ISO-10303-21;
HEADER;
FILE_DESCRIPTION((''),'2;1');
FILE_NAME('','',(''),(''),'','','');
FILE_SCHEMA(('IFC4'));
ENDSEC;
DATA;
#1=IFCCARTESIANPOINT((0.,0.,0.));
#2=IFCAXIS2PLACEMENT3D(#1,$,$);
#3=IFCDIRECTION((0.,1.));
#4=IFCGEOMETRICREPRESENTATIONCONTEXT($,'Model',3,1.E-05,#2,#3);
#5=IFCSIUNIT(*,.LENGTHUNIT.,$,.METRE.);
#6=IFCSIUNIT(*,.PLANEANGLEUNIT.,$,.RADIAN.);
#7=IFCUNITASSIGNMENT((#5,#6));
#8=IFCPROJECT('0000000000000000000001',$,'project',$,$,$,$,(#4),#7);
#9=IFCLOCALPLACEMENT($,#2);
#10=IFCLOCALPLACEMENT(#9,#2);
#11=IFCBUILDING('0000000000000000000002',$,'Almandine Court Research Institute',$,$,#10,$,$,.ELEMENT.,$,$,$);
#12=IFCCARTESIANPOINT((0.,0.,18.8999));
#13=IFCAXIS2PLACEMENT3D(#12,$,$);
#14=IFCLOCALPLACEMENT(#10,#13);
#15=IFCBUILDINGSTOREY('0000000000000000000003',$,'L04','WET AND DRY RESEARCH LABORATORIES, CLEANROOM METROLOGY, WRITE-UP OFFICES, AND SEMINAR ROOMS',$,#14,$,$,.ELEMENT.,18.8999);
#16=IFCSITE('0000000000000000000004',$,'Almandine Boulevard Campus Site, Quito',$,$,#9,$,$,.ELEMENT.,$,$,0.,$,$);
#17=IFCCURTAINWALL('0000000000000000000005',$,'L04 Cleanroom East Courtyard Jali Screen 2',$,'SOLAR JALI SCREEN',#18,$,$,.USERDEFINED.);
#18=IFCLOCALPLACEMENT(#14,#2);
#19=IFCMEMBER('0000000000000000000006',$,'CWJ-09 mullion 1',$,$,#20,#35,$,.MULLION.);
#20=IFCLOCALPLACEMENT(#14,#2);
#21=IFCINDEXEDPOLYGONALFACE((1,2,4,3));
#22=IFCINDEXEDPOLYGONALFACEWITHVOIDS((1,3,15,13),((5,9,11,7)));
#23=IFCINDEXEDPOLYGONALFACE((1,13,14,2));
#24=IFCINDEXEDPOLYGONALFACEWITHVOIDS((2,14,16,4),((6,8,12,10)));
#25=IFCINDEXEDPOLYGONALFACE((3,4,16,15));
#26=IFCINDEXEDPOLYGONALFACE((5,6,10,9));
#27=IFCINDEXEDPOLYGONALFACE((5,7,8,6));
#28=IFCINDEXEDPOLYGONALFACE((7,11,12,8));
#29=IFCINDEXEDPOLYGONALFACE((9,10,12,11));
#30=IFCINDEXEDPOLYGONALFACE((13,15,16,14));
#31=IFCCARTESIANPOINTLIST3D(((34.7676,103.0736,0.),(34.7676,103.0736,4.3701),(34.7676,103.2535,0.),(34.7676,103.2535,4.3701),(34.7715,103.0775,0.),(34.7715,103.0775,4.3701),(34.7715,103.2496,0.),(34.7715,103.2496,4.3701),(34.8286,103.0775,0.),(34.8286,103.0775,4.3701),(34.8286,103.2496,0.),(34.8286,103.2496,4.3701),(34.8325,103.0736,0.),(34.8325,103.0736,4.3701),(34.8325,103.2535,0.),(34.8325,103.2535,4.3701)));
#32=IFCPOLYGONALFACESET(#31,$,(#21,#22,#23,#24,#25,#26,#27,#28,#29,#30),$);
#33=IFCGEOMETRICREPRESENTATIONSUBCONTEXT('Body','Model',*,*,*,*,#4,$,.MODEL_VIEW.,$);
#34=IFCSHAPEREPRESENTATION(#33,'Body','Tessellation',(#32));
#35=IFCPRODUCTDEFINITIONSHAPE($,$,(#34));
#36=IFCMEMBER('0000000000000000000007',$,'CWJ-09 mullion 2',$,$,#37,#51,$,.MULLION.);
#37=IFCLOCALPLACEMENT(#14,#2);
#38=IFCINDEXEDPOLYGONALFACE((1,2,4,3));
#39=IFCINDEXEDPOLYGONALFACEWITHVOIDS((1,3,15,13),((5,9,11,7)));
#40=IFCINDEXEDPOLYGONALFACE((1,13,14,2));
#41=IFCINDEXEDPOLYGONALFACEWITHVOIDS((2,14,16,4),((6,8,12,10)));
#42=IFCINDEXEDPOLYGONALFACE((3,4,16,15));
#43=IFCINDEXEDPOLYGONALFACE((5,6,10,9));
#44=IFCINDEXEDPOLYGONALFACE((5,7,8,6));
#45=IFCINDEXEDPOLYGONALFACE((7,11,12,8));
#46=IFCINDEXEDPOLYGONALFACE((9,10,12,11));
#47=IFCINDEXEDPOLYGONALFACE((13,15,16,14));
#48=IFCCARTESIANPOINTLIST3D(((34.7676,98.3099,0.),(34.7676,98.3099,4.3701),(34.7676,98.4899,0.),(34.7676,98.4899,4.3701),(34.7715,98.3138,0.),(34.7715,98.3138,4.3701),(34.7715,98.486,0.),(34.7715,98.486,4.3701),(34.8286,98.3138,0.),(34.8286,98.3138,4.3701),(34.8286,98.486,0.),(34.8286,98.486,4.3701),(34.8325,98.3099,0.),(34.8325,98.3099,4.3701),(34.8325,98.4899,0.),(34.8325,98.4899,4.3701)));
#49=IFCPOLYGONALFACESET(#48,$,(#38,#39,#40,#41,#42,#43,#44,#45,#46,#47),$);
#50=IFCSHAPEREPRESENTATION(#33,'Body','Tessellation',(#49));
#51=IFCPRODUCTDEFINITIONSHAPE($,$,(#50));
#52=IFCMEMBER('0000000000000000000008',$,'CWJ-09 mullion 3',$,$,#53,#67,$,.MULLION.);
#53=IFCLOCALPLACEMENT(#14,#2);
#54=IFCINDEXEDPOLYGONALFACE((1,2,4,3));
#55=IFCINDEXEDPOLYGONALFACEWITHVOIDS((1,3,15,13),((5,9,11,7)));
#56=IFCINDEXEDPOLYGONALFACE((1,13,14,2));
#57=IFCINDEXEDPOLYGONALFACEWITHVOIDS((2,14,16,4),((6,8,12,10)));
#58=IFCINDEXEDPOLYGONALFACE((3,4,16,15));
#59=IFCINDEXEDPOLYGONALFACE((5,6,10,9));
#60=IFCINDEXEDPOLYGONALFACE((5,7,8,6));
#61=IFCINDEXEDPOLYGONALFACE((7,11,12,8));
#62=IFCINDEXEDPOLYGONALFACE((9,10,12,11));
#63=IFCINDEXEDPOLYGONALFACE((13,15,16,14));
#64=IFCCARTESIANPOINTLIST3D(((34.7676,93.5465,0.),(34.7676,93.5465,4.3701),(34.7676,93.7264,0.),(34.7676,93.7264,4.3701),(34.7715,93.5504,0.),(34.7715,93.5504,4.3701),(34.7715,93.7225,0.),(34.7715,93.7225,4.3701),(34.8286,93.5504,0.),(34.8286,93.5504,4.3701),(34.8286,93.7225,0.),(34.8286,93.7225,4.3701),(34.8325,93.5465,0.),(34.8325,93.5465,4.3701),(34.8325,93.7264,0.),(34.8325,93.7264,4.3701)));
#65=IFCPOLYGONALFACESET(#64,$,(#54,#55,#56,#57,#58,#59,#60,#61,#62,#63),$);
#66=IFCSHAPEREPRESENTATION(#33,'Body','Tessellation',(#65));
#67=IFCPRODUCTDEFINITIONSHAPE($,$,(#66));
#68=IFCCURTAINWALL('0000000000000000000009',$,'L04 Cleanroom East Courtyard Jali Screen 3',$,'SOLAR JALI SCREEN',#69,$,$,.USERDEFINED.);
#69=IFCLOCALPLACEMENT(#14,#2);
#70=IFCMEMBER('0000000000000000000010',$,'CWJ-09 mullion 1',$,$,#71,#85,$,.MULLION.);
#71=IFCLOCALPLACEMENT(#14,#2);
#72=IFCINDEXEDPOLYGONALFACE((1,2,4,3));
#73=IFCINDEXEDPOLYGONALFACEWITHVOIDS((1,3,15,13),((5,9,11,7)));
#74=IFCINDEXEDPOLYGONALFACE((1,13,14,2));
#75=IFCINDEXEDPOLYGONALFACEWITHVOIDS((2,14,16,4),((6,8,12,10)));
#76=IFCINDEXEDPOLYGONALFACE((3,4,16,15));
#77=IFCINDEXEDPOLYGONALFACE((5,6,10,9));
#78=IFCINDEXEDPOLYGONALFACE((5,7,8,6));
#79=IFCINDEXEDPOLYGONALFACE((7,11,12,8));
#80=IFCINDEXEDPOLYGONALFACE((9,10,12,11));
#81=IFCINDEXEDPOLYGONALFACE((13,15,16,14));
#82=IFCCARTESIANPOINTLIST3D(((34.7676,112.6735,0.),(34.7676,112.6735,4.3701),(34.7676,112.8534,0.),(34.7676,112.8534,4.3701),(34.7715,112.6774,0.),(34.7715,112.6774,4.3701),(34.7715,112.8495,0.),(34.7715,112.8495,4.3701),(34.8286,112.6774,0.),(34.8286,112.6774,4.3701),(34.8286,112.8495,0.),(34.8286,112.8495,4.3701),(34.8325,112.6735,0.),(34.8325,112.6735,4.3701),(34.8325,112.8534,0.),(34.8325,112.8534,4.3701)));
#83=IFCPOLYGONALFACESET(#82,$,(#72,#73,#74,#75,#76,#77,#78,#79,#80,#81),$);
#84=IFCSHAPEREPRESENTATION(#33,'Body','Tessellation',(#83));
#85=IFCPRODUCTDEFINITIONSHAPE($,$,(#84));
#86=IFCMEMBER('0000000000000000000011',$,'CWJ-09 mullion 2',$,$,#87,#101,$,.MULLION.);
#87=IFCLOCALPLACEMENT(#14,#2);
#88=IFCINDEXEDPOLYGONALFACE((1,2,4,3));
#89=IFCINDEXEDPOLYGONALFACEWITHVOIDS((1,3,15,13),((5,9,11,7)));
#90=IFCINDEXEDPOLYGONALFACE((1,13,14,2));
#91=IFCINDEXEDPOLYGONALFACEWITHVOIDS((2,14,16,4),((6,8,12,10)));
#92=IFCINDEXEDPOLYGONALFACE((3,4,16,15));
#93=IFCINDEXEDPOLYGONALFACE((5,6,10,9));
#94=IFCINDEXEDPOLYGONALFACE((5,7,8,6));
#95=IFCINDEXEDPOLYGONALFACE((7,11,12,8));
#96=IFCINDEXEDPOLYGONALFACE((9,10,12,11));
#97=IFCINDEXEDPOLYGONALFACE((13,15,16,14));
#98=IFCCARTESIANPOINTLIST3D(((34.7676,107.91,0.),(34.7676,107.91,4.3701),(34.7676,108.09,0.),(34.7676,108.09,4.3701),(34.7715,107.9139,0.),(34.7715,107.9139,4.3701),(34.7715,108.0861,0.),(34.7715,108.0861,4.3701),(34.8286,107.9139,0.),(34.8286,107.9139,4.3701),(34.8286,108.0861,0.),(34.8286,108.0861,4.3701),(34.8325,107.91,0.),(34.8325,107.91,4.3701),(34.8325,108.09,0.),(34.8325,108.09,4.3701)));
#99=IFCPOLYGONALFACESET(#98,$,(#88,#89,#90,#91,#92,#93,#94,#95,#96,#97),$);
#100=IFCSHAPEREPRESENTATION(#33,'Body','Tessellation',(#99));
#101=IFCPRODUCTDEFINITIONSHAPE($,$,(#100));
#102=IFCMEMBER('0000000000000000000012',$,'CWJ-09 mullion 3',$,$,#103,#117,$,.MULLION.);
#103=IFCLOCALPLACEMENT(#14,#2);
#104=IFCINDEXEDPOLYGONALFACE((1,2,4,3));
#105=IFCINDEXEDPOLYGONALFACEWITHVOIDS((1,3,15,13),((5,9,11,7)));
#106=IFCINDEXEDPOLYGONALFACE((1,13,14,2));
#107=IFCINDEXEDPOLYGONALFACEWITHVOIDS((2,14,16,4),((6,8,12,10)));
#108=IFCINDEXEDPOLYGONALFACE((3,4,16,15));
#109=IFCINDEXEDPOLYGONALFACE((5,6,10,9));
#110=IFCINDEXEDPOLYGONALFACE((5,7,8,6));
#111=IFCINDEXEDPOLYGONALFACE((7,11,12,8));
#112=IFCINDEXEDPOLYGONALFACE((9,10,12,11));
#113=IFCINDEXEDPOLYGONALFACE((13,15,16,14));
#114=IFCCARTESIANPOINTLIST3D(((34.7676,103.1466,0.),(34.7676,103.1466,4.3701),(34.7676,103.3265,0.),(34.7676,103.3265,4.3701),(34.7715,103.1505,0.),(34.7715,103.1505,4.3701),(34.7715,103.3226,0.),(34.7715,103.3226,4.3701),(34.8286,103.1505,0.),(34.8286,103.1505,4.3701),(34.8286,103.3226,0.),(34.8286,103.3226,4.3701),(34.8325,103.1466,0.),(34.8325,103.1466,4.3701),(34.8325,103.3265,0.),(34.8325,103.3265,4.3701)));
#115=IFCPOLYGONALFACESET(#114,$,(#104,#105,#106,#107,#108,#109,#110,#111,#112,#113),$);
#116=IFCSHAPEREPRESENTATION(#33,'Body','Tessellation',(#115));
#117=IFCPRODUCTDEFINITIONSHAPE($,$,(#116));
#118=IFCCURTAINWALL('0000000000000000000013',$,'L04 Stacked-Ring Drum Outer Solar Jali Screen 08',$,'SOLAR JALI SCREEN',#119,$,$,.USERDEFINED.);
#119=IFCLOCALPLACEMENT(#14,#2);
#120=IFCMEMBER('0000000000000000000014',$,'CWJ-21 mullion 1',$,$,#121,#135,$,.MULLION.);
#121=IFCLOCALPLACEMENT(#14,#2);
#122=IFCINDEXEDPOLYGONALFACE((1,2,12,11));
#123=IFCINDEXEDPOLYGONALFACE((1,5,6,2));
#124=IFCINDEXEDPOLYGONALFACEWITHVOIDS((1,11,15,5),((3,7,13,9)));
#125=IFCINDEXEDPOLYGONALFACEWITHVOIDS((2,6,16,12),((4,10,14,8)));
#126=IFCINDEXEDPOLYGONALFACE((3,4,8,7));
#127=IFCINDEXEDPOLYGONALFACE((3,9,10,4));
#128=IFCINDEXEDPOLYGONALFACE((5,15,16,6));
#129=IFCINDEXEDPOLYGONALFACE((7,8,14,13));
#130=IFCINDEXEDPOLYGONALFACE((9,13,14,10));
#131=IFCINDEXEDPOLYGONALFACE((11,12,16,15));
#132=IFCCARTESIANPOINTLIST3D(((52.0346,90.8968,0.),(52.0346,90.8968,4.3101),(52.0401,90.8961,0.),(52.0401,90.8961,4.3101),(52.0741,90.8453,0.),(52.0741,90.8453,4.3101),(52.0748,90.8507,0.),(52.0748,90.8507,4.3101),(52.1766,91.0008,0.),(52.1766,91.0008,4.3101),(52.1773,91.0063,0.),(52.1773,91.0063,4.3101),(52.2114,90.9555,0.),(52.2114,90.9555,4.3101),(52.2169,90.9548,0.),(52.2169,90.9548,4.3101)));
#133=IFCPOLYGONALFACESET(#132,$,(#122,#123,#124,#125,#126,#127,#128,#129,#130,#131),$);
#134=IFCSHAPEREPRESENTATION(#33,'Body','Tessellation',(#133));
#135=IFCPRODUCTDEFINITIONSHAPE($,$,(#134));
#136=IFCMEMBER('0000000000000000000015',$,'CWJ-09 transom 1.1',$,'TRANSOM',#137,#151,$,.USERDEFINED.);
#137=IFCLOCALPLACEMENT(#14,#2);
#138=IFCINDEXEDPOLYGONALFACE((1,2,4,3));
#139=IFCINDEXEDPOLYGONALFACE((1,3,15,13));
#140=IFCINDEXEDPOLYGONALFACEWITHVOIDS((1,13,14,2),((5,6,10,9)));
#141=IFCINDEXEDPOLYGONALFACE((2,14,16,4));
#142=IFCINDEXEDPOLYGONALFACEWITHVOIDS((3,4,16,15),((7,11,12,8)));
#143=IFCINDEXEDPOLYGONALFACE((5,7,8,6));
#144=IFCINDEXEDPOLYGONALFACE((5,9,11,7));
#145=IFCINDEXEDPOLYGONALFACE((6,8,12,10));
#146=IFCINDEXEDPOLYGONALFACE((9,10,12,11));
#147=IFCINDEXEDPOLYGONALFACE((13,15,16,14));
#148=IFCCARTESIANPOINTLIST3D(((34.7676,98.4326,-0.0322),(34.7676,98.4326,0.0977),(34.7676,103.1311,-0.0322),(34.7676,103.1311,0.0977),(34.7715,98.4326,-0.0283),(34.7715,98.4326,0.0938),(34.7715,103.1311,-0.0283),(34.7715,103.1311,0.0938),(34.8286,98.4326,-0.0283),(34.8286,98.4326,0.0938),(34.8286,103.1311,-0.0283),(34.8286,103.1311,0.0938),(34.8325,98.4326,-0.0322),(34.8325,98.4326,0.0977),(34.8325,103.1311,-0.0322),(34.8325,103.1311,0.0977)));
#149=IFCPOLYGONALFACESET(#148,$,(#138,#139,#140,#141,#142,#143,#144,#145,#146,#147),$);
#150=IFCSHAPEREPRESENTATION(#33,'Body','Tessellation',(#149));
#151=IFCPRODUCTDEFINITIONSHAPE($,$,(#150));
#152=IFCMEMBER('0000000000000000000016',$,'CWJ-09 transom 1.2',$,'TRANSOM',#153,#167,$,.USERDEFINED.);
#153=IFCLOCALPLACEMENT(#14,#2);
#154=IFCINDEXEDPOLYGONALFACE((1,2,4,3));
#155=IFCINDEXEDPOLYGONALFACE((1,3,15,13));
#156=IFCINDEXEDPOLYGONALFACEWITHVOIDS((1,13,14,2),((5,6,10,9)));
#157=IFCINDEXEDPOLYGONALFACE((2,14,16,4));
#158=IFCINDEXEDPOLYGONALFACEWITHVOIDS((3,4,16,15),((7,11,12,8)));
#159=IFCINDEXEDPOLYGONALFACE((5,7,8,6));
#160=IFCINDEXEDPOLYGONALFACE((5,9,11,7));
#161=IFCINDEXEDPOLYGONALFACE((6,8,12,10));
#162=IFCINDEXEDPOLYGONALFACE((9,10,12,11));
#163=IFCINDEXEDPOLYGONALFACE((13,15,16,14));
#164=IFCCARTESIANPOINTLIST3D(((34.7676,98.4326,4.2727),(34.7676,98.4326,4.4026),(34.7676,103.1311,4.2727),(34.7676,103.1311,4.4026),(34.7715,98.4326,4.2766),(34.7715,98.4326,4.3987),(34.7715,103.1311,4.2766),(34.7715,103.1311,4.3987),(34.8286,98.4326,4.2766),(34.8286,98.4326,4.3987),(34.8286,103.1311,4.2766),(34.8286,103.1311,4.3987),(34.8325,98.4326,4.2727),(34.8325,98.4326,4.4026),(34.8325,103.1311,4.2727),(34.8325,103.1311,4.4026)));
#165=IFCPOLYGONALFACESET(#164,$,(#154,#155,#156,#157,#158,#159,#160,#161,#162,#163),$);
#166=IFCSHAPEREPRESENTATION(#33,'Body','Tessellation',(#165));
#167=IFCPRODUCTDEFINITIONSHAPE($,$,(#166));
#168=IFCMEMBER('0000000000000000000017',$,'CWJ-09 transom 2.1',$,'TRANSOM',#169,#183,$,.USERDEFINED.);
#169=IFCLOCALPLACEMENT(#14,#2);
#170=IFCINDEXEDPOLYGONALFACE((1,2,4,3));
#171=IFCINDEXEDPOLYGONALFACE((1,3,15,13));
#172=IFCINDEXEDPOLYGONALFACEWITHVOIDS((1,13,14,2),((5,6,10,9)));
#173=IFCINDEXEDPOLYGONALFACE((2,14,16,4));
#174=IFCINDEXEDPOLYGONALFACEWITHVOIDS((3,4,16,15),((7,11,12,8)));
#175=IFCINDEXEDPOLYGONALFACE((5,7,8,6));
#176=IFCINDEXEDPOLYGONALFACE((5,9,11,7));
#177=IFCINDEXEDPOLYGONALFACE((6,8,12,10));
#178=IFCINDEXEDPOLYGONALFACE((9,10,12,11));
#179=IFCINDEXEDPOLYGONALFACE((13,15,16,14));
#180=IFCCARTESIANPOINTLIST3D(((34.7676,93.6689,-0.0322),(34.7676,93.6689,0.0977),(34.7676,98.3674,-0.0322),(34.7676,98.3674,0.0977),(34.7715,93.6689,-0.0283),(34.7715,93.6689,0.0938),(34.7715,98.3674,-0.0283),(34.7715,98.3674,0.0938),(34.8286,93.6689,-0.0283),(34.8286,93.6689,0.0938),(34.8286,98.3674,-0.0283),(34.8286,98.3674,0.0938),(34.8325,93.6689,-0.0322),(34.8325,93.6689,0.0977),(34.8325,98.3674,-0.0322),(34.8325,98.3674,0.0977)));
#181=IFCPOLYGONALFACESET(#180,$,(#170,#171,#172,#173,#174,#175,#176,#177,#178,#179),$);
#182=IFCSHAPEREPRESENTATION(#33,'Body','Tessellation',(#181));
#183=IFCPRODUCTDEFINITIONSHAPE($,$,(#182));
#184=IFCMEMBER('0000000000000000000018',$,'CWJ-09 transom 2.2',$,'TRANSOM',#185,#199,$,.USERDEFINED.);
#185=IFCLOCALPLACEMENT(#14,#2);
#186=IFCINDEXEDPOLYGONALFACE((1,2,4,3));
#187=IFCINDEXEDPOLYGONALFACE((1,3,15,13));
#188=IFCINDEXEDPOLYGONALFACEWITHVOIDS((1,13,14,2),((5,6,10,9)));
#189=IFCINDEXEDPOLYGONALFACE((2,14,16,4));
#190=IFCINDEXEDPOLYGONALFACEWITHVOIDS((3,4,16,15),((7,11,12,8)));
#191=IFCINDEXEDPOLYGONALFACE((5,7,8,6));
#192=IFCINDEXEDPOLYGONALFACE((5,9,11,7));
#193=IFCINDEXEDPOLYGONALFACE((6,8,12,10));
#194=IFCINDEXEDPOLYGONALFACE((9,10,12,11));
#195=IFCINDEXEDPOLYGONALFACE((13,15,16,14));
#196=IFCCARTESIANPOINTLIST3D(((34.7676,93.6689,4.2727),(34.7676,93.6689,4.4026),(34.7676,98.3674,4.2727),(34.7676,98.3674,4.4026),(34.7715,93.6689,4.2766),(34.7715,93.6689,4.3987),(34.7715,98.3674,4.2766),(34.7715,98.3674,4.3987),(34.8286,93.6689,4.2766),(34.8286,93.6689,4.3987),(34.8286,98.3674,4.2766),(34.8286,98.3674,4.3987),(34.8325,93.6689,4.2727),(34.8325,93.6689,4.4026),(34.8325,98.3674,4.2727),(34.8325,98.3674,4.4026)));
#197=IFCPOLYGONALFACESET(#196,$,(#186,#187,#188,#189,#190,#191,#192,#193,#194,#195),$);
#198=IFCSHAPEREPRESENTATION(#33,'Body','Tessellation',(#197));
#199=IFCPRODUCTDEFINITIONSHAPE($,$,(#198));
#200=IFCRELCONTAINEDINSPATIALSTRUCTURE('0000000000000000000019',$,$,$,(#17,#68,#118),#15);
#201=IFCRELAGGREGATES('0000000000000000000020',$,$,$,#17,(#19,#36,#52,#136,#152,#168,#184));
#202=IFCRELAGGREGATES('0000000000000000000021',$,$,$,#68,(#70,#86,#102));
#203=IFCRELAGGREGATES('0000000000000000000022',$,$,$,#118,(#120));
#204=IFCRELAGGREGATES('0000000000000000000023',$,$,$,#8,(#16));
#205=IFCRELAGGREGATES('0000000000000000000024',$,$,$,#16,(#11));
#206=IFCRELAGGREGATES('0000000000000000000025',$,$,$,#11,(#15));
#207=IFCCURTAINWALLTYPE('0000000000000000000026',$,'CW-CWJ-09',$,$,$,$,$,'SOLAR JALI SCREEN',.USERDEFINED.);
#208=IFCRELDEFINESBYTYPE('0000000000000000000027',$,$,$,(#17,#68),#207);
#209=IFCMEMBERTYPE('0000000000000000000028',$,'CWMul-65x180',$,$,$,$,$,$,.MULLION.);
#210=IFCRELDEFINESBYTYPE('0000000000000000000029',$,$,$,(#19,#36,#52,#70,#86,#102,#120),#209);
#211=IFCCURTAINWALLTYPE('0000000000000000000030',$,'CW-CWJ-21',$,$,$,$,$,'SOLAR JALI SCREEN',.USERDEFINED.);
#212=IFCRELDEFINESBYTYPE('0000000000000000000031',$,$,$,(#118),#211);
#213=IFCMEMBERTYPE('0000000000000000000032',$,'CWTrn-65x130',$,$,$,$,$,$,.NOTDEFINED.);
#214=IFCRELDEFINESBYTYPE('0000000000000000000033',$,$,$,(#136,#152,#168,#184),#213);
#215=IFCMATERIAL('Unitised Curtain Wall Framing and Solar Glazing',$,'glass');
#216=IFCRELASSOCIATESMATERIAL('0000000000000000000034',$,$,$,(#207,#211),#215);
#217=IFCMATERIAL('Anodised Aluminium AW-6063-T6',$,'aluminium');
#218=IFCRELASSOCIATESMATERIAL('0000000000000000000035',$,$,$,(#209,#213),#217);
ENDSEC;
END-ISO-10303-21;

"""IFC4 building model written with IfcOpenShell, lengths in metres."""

from ifc_helpers import new_model, si_unit, direction, frame, origin, origin_2d, place, context, subcontext, project, spatial, hollow_rectangle, extrude, material, material_profile, profile_set, type_object, element, aggregate, save


model = new_model("IFC4")

# Units and contexts
model_context = context("Model", 3, precision=1e-05, world=origin(), true_north=direction((0.0, 1.0)))
body_context = subcontext(model_context, "Body", "Model", "MODEL_VIEW")
ifc_project = project(units=[si_unit("LENGTHUNIT", "METRE"), si_unit("PLANEANGLEUNIT", "RADIAN")], contexts=[model_context])

# Site, building, storey
site_placement = place(None, origin())
site = spatial("IfcSite", under=ifc_project, at=site_placement, Name="Almandine Boulevard Campus Site, Quito", CompositionType="ELEMENT", RefElevation=0.0)
building_placement = place(site_placement, origin())
building = spatial("IfcBuilding", under=site, at=building_placement, Name="Almandine Court Research Institute", CompositionType="ELEMENT")
storey_placement = place(building_placement, frame((0.0, 0.0, 18.8999)))
storey = spatial("IfcBuildingStorey", under=building, at=storey_placement, Name="L04", Description="WET AND DRY RESEARCH LABORATORIES, CLEANROOM METROLOGY, WRITE-UP OFFICES, AND SEMINAR ROOMS", CompositionType="ELEMENT", Elevation=18.8999)

# Shared definitions
ifc_material_1 = material(Name="Unitised Curtain Wall Framing and Solar Glazing", Category="glass")
ifc_material_2 = material(Name="Anodised Aluminium AW-6063-T6", Category="aluminium")

# Curtain walls, members
curtain_wall_type_1 = type_object("IfcCurtainWallType", Name="CW-CWJ-09", ElementType="SOLAR JALI SCREEN", PredefinedType="USERDEFINED", material=ifc_material_1)
curtain_wall_1_placement = place(storey_placement, origin())
curtain_wall_1 = element("IfcCurtainWall", 1, at=curtain_wall_1_placement, inside=storey, type_object=curtain_wall_type_1, Name="L04 Cleanroom East Courtyard Jali Screen 2", ObjectType="SOLAR JALI SCREEN", PredefinedType="USERDEFINED")
ifc_material_profile_1 = material_profile(ifc_material_2, hollow_rectangle(XDim=0.0649, YDim=0.1799, WallThickness=0.0039, at=origin_2d()), Name="ALU RHS 65x180x4")
ifc_profile_set_1 = profile_set([ifc_material_profile_1], Name="Anodised Aluminium AW-6063-T6")
member_type_1 = type_object("IfcMemberType", Name="CWMul-65x180", PredefinedType="MULLION", material=ifc_profile_set_1)
member_1_placement = place(storey_placement, frame((34.8, 103.1636, 0.0), z_axis=(0.0, 0.0, 1.0), x_axis=(1.0, 0.0, 0.0)))
member_1 = element("IfcMember", 2, at=member_1_placement, type_object=member_type_1, Name="CWJ-09 mullion 1", PredefinedType="MULLION", context=body_context, shape_type="SweptSolid", body=[
    extrude(hollow_rectangle(XDim=0.0649, YDim=0.1799, WallThickness=0.0039, at=origin_2d()), origin(), (0.0, 0.0, 1.0), 4.3701),
])
member_2_placement = place(storey_placement, frame((34.8, 98.3999, 0.0), z_axis=(0.0, 0.0, 1.0), x_axis=(1.0, 0.0, 0.0)))
member_2 = element("IfcMember", 3, at=member_2_placement, type_object=member_type_1, Name="CWJ-09 mullion 2", PredefinedType="MULLION", context=body_context, shape_type="SweptSolid", body=[
    extrude(hollow_rectangle(XDim=0.0649, YDim=0.1799, WallThickness=0.0039, at=origin_2d()), origin(), (0.0, 0.0, 1.0), 4.3701),
])
member_3_placement = place(storey_placement, frame((34.8, 93.6365, 0.0), z_axis=(0.0, 0.0, 1.0), x_axis=(1.0, 0.0, 0.0)))
member_3 = element("IfcMember", 4, at=member_3_placement, type_object=member_type_1, Name="CWJ-09 mullion 3", PredefinedType="MULLION", context=body_context, shape_type="SweptSolid", body=[
    extrude(hollow_rectangle(XDim=0.0649, YDim=0.1799, WallThickness=0.0039, at=origin_2d()), origin(), (0.0, 0.0, 1.0), 4.3701),
])
curtain_wall_2_placement = place(storey_placement, origin())
curtain_wall_2 = element("IfcCurtainWall", 5, at=curtain_wall_2_placement, inside=storey, type_object=curtain_wall_type_1, Name="L04 Cleanroom East Courtyard Jali Screen 3", ObjectType="SOLAR JALI SCREEN", PredefinedType="USERDEFINED")
member_4_placement = place(storey_placement, frame((34.8, 112.7634, 0.0), z_axis=(0.0, 0.0, 1.0), x_axis=(1.0, 0.0, 0.0)))
member_4 = element("IfcMember", 6, at=member_4_placement, type_object=member_type_1, Name="CWJ-09 mullion 1", PredefinedType="MULLION", context=body_context, shape_type="SweptSolid", body=[
    extrude(hollow_rectangle(XDim=0.0649, YDim=0.1799, WallThickness=0.0039, at=origin_2d()), origin(), (0.0, 0.0, 1.0), 4.3701),
])
member_5_placement = place(storey_placement, frame((34.8, 108.0, 0.0), z_axis=(0.0, 0.0, 1.0), x_axis=(1.0, 0.0, 0.0)))
member_5 = element("IfcMember", 7, at=member_5_placement, type_object=member_type_1, Name="CWJ-09 mullion 2", PredefinedType="MULLION", context=body_context, shape_type="SweptSolid", body=[
    extrude(hollow_rectangle(XDim=0.0649, YDim=0.1799, WallThickness=0.0039, at=origin_2d()), origin(), (0.0, 0.0, 1.0), 4.3701),
])
member_6_placement = place(storey_placement, frame((34.8, 103.2366, 0.0), z_axis=(0.0, 0.0, 1.0), x_axis=(1.0, 0.0, 0.0)))
member_6 = element("IfcMember", 8, at=member_6_placement, type_object=member_type_1, Name="CWJ-09 mullion 3", PredefinedType="MULLION", context=body_context, shape_type="SweptSolid", body=[
    extrude(hollow_rectangle(XDim=0.0649, YDim=0.1799, WallThickness=0.0039, at=origin_2d()), origin(), (0.0, 0.0, 1.0), 4.3701),
])

# Curtain wall, member
curtain_wall_type_2 = type_object("IfcCurtainWallType", Name="CW-CWJ-21", ElementType="SOLAR JALI SCREEN", PredefinedType="USERDEFINED", material=ifc_material_1)
curtain_wall_3_placement = place(storey_placement, origin())
curtain_wall_3 = element("IfcCurtainWall", 9, at=curtain_wall_3_placement, inside=storey, type_object=curtain_wall_type_2, Name="L04 Stacked-Ring Drum Outer Solar Jali Screen 08", ObjectType="SOLAR JALI SCREEN", PredefinedType="USERDEFINED")
member_7_placement = place(storey_placement, frame((52.1257, 90.9258, 0.0), z_axis=(0.0, 0.0, 1.0), x_axis=(-0.608723, 0.793383, 0.0)))
member_7 = element("IfcMember", 10, at=member_7_placement, type_object=member_type_1, Name="CWJ-21 mullion 1", PredefinedType="MULLION", context=body_context, shape_type="SweptSolid", body=[
    extrude(hollow_rectangle(XDim=0.0649, YDim=0.1799, WallThickness=0.0039, at=origin_2d()), origin(), (0.0, 0.0, 1.0), 4.3101),
])

# Members
ifc_material_profile_2 = material_profile(ifc_material_2, hollow_rectangle(XDim=0.0649, YDim=0.1299, WallThickness=0.0039, at=origin_2d()), Name="ALU RHS 65x130x4")
ifc_profile_set_2 = profile_set([ifc_material_profile_2], Name="Anodised Aluminium AW-6063-T6")
member_type_2 = type_object("IfcMemberType", Name="CWTrn-65x130", PredefinedType="NOTDEFINED", material=ifc_profile_set_2)
member_8_placement = place(storey_placement, frame((34.8, 103.1311, 0.0327), z_axis=(0.0, -1.0, 0.0), x_axis=(1.0, 0.0, 0.0)))
member_8 = element("IfcMember", 11, at=member_8_placement, type_object=member_type_2, Name="CWJ-09 transom 1.1", ObjectType="TRANSOM", PredefinedType="USERDEFINED", context=body_context, shape_type="SweptSolid", body=[
    extrude(hollow_rectangle(XDim=0.0649, YDim=0.1299, WallThickness=0.0039, at=origin_2d()), origin(), (0.0, 0.0, 1.0), 4.6985),
])
member_9_placement = place(storey_placement, frame((34.8, 103.1311, 4.3376), z_axis=(0.0, -1.0, 0.0), x_axis=(1.0, 0.0, 0.0)))
member_9 = element("IfcMember", 12, at=member_9_placement, type_object=member_type_2, Name="CWJ-09 transom 1.2", ObjectType="TRANSOM", PredefinedType="USERDEFINED", context=body_context, shape_type="SweptSolid", body=[
    extrude(hollow_rectangle(XDim=0.0649, YDim=0.1299, WallThickness=0.0039, at=origin_2d()), origin(), (0.0, 0.0, 1.0), 4.6985),
])
member_10_placement = place(storey_placement, frame((34.8, 98.3674, 0.0327), z_axis=(0.0, -1.0, 0.0), x_axis=(1.0, 0.0, 0.0)))
member_10 = element("IfcMember", 13, at=member_10_placement, type_object=member_type_2, Name="CWJ-09 transom 2.1", ObjectType="TRANSOM", PredefinedType="USERDEFINED", context=body_context, shape_type="SweptSolid", body=[
    extrude(hollow_rectangle(XDim=0.0649, YDim=0.1299, WallThickness=0.0039, at=origin_2d()), origin(), (0.0, 0.0, 1.0), 4.6985),
])
member_11_placement = place(storey_placement, frame((34.8, 98.3674, 4.3376), z_axis=(0.0, -1.0, 0.0), x_axis=(1.0, 0.0, 0.0)))
member_11 = element("IfcMember", 14, at=member_11_placement, type_object=member_type_2, Name="CWJ-09 transom 2.2", ObjectType="TRANSOM", PredefinedType="USERDEFINED", context=body_context, shape_type="SweptSolid", body=[
    extrude(hollow_rectangle(XDim=0.0649, YDim=0.1299, WallThickness=0.0039, at=origin_2d()), origin(), (0.0, 0.0, 1.0), 4.6985),
])

aggregate(curtain_wall_1, [member_1, member_2, member_3, member_8, member_9, member_10, member_11])
aggregate(curtain_wall_2, [member_4, member_5, member_6])
aggregate(curtain_wall_3, [member_7])

save(model, "model.ifc")
